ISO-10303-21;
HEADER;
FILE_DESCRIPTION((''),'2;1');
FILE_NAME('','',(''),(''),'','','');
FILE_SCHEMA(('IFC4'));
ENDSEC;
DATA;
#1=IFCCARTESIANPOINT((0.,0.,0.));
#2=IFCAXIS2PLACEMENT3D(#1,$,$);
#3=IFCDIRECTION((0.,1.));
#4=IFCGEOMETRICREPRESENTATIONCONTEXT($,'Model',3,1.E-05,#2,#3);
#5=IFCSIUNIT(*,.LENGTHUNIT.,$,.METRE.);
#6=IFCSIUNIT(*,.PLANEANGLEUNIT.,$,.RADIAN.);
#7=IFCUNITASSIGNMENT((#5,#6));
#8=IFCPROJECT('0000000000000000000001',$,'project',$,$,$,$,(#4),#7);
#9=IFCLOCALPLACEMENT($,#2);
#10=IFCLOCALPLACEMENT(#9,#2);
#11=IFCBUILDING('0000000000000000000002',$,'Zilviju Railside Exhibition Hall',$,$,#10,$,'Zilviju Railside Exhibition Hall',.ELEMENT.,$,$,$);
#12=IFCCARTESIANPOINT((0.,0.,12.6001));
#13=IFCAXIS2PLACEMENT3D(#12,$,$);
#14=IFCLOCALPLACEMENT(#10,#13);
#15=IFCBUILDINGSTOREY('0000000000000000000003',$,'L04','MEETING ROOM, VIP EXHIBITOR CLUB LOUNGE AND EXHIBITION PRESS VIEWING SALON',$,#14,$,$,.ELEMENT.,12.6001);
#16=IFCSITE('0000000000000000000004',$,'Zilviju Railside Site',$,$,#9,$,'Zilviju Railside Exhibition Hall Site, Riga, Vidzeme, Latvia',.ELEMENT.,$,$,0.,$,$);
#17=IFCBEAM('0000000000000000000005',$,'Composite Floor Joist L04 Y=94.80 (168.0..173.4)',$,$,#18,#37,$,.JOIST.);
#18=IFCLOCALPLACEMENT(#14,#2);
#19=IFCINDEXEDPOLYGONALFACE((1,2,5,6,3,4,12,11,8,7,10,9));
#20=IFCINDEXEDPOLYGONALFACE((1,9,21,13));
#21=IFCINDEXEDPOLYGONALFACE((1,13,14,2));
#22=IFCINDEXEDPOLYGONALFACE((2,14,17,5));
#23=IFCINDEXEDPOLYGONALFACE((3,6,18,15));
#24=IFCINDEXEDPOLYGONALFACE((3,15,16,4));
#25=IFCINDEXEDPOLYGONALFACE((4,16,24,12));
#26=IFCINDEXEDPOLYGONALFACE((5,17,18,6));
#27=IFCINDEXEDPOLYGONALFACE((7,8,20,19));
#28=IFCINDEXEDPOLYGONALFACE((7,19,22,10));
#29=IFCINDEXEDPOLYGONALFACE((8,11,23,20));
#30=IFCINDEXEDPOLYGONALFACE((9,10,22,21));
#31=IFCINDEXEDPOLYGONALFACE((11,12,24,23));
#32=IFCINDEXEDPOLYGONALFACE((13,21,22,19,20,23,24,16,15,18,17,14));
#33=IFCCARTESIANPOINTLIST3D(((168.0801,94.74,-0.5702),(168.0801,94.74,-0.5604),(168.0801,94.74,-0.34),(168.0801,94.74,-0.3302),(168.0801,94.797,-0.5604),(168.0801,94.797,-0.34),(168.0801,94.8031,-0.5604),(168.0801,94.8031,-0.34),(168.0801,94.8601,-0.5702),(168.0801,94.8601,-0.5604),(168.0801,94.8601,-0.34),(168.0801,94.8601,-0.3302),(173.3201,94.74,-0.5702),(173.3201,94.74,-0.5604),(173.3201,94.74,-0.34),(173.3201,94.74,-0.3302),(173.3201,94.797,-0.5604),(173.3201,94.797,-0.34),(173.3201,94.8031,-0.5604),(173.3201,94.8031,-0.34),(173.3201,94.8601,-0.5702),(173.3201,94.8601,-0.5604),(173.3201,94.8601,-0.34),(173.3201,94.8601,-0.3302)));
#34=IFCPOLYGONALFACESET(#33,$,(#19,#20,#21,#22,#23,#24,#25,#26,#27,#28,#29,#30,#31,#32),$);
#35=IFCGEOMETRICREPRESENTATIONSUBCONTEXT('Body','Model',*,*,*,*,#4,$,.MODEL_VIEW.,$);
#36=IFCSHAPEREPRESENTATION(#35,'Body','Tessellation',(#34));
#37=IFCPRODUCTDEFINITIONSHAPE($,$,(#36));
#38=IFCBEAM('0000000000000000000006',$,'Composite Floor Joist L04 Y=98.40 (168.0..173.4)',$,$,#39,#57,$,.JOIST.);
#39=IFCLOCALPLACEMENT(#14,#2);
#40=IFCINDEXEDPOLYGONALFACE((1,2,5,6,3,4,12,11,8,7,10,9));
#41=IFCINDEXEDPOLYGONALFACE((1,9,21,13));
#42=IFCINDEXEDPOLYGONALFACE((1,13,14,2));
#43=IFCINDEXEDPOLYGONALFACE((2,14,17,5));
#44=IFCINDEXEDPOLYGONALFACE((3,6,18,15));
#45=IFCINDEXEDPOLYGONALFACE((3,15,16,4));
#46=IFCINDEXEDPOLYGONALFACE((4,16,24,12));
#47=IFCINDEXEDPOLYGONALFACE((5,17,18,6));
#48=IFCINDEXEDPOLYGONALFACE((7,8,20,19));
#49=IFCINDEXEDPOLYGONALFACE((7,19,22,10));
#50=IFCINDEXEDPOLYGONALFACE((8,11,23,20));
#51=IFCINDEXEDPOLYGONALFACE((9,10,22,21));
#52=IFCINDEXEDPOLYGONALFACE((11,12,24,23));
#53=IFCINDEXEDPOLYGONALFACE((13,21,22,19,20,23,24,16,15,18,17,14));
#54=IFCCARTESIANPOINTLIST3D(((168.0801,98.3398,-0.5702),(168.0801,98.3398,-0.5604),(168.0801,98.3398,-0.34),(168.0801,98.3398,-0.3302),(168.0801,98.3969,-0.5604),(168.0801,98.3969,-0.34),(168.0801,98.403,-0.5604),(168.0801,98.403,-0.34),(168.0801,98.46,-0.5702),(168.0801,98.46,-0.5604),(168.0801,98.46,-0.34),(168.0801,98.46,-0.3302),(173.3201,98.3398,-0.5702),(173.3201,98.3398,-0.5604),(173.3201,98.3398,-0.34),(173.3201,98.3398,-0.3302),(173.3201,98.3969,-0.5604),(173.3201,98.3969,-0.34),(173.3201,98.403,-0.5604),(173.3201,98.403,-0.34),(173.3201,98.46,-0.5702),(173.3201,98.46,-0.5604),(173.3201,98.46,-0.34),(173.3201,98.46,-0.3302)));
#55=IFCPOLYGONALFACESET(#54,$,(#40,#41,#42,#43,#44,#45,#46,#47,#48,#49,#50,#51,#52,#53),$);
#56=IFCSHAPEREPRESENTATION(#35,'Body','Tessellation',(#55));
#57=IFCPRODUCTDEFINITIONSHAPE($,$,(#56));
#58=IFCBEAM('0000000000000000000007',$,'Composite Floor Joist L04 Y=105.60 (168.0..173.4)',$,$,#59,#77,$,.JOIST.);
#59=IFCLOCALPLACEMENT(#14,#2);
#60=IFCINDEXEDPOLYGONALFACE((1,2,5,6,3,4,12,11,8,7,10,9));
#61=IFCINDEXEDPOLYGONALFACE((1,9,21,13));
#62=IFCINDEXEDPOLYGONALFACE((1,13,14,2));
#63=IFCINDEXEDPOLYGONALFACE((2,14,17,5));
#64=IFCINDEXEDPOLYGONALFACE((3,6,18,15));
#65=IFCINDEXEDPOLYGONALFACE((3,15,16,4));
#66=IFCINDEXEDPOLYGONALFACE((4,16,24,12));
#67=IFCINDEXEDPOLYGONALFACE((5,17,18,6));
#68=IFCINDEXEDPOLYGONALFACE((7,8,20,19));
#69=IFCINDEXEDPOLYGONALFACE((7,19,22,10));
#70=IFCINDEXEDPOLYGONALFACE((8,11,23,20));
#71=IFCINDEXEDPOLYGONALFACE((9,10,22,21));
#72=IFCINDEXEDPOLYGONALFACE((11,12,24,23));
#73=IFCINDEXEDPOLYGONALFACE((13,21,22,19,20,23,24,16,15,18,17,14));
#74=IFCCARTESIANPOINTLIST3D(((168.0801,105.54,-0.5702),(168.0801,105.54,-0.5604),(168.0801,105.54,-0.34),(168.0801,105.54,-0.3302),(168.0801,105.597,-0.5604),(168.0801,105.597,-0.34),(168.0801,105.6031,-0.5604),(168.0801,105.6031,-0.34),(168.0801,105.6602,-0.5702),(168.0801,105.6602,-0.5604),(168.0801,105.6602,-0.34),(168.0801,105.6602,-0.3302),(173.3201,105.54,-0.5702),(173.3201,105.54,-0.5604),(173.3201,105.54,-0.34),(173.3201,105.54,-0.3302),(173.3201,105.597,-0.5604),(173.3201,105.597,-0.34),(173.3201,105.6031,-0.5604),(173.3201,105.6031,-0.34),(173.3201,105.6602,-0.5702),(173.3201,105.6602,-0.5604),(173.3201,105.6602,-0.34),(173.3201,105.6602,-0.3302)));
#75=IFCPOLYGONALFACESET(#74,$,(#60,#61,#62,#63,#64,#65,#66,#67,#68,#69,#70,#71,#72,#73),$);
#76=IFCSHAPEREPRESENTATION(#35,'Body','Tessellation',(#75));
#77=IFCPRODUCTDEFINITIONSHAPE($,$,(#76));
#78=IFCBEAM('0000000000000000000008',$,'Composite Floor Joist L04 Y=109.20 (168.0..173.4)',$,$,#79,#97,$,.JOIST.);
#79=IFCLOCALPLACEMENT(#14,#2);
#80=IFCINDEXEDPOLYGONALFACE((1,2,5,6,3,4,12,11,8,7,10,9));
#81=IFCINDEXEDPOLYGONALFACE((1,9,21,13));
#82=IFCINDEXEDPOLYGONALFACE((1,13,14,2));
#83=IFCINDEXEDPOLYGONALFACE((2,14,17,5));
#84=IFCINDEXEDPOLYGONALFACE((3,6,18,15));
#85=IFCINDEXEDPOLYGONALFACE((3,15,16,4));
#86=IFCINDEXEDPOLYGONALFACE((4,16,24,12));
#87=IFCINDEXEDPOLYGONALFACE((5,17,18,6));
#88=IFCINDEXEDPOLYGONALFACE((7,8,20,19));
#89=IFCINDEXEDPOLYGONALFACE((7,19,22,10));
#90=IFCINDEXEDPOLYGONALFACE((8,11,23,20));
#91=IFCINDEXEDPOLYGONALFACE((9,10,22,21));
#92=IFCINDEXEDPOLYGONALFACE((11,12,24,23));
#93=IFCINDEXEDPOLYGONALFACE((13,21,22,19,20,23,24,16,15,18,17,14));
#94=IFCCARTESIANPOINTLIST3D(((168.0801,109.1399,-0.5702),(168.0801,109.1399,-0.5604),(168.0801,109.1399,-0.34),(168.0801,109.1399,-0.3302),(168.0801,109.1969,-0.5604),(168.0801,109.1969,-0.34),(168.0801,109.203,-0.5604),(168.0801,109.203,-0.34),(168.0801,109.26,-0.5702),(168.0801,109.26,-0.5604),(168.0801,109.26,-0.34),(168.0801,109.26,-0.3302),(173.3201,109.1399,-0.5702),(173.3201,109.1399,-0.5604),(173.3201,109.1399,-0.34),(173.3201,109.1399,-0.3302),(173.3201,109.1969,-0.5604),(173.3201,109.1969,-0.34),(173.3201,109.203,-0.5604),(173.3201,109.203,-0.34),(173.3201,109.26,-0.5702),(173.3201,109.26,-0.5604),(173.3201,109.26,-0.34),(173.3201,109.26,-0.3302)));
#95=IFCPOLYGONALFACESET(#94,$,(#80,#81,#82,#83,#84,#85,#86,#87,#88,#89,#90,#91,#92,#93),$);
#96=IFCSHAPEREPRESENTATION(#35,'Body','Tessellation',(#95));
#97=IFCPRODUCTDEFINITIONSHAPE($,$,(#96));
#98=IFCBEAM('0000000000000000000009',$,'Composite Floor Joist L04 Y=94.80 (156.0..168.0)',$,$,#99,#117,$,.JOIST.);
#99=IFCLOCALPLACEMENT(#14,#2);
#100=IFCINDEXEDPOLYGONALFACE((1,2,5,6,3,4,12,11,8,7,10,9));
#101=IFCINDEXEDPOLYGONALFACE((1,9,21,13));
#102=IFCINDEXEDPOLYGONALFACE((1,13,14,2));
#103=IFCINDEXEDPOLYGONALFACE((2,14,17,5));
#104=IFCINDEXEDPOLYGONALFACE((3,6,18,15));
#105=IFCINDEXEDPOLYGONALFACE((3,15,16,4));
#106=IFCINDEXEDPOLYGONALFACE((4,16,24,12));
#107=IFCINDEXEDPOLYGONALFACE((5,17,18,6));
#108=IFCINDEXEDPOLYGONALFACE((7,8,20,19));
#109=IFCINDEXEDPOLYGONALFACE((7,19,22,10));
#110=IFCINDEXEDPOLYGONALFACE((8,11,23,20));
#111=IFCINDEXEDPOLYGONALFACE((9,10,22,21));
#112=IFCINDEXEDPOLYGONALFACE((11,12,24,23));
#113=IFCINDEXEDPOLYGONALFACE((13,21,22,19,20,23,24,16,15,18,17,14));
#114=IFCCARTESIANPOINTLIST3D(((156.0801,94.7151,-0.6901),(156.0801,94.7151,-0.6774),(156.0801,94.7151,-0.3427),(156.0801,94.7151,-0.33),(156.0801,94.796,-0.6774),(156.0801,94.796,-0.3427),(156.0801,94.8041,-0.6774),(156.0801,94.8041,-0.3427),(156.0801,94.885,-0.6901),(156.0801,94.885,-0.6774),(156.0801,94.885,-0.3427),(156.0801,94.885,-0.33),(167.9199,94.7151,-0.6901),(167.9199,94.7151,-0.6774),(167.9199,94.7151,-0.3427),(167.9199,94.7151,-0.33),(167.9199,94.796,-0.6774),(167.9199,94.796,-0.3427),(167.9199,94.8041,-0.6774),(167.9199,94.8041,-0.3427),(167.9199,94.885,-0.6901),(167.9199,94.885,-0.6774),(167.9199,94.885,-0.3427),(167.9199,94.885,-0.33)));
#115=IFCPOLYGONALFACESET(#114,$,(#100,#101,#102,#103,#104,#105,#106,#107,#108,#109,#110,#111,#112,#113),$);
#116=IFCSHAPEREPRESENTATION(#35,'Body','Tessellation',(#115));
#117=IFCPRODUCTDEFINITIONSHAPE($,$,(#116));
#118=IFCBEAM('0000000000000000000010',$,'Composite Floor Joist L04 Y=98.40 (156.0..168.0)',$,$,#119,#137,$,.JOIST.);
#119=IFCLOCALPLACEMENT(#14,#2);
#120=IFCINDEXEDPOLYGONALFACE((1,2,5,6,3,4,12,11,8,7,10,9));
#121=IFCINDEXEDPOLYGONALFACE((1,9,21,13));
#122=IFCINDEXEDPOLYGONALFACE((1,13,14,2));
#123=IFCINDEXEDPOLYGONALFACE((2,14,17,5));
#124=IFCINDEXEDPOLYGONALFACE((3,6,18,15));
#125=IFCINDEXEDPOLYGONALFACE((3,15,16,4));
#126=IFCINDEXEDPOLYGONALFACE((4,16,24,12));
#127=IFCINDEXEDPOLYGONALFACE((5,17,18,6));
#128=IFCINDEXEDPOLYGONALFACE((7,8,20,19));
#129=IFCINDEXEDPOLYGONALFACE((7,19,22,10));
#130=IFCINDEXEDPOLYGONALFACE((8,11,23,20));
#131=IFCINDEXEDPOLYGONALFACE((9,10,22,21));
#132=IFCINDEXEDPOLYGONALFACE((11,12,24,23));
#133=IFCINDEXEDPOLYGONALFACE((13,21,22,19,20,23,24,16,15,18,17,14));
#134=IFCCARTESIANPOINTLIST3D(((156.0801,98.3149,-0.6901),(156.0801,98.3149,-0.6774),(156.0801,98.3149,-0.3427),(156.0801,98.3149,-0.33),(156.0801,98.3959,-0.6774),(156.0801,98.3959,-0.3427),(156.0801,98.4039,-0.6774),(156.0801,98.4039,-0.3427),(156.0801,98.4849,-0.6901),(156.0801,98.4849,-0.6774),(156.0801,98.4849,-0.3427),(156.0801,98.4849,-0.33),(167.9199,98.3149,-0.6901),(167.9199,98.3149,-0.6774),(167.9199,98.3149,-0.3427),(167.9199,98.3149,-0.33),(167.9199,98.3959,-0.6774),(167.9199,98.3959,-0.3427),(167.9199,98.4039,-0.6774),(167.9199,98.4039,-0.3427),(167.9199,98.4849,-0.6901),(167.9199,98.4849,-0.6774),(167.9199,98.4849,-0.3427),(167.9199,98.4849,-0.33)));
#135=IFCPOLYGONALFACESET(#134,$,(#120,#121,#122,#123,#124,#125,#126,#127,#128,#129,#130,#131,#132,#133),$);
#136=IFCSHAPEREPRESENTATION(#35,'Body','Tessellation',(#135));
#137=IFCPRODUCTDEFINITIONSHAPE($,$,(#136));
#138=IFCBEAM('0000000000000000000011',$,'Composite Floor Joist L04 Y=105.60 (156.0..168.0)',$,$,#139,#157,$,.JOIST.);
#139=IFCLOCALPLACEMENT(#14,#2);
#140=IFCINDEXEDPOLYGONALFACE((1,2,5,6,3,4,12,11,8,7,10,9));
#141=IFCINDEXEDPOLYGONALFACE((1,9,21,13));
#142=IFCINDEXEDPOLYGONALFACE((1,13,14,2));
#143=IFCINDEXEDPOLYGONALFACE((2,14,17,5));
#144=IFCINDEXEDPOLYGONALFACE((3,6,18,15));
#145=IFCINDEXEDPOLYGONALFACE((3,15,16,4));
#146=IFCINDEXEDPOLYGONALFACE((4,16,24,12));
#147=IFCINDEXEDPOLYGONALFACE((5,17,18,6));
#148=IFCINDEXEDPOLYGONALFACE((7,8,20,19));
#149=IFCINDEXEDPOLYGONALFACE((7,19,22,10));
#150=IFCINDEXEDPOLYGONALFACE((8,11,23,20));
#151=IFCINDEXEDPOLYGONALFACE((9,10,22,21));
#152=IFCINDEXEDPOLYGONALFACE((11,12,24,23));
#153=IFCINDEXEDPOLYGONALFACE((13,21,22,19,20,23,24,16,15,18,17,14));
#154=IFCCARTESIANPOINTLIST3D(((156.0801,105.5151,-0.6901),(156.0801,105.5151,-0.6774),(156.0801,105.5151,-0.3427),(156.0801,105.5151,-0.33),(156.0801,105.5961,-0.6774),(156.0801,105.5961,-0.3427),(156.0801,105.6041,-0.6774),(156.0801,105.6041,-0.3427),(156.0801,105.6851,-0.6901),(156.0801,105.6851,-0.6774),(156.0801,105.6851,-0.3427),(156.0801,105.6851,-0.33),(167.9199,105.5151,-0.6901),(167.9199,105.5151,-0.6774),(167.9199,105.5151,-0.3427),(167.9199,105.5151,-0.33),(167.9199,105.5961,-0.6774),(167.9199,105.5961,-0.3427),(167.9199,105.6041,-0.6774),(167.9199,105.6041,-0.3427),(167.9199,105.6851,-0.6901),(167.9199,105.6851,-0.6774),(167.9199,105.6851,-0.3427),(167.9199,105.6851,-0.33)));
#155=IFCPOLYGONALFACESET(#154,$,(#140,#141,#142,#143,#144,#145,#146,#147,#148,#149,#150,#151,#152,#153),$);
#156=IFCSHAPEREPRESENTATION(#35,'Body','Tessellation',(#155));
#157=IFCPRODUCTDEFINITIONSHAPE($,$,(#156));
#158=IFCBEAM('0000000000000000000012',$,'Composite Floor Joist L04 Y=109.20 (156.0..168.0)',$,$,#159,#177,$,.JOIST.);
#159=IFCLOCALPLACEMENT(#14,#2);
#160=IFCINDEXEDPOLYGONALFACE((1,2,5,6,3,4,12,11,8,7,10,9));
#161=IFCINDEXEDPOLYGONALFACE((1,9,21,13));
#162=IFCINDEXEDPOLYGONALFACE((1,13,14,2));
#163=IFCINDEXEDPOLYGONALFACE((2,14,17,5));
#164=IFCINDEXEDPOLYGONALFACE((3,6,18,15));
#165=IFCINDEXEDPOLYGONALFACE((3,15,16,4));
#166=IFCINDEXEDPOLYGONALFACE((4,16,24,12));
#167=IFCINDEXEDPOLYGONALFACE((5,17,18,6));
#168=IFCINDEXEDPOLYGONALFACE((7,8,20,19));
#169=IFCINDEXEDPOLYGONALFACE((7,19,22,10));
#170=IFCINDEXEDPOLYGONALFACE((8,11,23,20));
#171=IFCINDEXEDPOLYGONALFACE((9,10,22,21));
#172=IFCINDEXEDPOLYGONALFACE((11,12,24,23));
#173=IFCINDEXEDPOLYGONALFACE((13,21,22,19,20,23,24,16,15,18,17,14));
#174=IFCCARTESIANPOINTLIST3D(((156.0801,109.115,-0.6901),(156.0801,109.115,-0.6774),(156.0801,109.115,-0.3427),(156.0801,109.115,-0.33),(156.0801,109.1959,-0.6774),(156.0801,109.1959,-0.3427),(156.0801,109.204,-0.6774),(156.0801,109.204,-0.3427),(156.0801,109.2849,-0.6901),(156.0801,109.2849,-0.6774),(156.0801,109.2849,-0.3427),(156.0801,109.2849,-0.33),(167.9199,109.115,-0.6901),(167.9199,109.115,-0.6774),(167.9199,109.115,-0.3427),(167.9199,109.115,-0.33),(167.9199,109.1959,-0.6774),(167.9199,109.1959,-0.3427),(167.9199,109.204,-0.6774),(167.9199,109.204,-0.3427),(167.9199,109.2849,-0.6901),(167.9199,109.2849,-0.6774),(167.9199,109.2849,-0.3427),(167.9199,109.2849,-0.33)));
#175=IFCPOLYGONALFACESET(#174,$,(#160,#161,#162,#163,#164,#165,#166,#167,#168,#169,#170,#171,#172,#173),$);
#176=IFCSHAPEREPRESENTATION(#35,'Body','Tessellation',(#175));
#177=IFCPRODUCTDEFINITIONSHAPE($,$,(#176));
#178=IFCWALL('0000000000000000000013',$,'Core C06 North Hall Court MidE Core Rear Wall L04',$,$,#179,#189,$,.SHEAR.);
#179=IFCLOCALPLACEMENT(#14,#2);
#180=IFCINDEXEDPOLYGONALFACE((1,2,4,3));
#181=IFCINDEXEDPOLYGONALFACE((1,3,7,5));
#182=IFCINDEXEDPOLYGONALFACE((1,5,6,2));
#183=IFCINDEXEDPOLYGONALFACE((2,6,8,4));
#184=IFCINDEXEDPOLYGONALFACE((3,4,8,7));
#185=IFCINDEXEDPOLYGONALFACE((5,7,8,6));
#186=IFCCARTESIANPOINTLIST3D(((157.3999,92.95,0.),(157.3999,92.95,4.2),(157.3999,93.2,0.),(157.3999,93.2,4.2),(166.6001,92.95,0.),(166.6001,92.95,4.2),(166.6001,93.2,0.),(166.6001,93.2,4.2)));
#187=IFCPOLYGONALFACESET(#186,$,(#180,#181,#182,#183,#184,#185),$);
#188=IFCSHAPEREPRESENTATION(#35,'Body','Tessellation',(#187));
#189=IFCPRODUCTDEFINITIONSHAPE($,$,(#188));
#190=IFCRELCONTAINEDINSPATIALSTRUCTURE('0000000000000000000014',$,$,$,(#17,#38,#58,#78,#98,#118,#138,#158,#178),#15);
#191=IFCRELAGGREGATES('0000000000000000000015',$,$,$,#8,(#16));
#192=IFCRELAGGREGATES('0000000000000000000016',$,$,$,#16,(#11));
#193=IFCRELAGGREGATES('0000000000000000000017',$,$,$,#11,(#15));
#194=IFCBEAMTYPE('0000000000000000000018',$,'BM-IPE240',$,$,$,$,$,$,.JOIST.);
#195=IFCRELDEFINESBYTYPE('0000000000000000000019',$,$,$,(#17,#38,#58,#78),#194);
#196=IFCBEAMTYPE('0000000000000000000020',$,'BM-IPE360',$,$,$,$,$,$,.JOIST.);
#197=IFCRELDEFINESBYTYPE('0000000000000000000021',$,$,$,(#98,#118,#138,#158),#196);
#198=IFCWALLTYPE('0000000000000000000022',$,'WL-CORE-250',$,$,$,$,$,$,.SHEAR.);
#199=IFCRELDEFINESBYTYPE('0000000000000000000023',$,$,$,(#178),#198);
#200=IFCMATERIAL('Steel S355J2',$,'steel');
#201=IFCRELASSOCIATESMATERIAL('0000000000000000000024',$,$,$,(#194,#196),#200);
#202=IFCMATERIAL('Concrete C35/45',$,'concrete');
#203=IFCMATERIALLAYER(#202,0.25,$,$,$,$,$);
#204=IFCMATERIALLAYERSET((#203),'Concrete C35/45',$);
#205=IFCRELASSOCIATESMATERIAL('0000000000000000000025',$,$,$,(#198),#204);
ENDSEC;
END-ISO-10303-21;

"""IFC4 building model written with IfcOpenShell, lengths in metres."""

from ifc_helpers import new_model, si_unit, direction, frame, frame_2d, origin, origin_2d, place, context, subcontext, project, spatial, rectangle, i_section, extrude, material, layer, layer_set, material_profile, profile_set, type_object, element, save


model = new_model("IFC4")

# Units and contexts
model_context = context("Model", 3, precision=1e-05, world=origin(), true_north=direction((0.0, 1.0)))
body_context = subcontext(model_context, "Body", "Model", "MODEL_VIEW")
ifc_project = project(units=[si_unit("LENGTHUNIT", "METRE"), si_unit("PLANEANGLEUNIT", "RADIAN")], contexts=[model_context])

# Site, building, storey
site_placement = place(None, origin())
site = spatial("IfcSite", under=ifc_project, at=site_placement, Name="Zilviju Railside Site", LongName="Zilviju Railside Exhibition Hall Site, Riga, Vidzeme, Latvia", CompositionType="ELEMENT", RefElevation=0.0)
building_placement = place(site_placement, origin())
building = spatial("IfcBuilding", under=site, at=building_placement, Name="Zilviju Railside Exhibition Hall", LongName="Zilviju Railside Exhibition Hall", CompositionType="ELEMENT")
storey_placement = place(building_placement, frame((0.0, 0.0, 12.6001)))
storey = spatial("IfcBuildingStorey", under=building, at=storey_placement, Name="L04", Description="MEETING ROOM, VIP EXHIBITOR CLUB LOUNGE AND EXHIBITION PRESS VIEWING SALON", CompositionType="ELEMENT", Elevation=12.6001)

# Beams
ifc_material_1 = material(Name="Steel S355J2", Category="steel")
ifc_material_profile_1 = material_profile(ifc_material_1, i_section(OverallWidth=0.1201, OverallDepth=0.24, WebThickness=0.0061, FlangeThickness=0.0098, at=origin_2d()), Name="IPE 240")
ifc_profile_set_1 = profile_set([ifc_material_profile_1], Name="Steel S355J2")
beam_type_1 = type_object("IfcBeamType", Name="BM-IPE240", PredefinedType="JOIST", material=ifc_profile_set_1)
for number, where, z_axis, x_axis, name in (
    (1, (168.0801, 94.8, -0.4502), (1.0, 0.0, 0.0), (0.0, 1.0, 0.0), "Composite Floor Joist L04 Y=94.80 (168.0..173.4)"),
    (2, (168.0801, 98.3999, -0.4502), (1.0, 0.0, 0.0), (0.0, 1.0, 0.0), "Composite Floor Joist L04 Y=98.40 (168.0..173.4)"),
    (3, (168.0801, 105.6001, -0.4502), (1.0, 0.0, 0.0), (0.0, 1.0, 0.0), "Composite Floor Joist L04 Y=105.60 (168.0..173.4)"),
    (4, (168.0801, 109.2, -0.4502), (1.0, 0.0, 0.0), (0.0, 1.0, 0.0), "Composite Floor Joist L04 Y=109.20 (168.0..173.4)"),
):
    element("IfcBeam", number, at=place(storey_placement, frame(where, z_axis=z_axis, x_axis=x_axis)), inside=storey, type_object=beam_type_1, Name=name, PredefinedType="JOIST", context=body_context, shape_type="SweptSolid", body=[
        extrude(i_section(OverallWidth=0.1201, OverallDepth=0.24, WebThickness=0.0061, FlangeThickness=0.0098, at=origin_2d()), origin(), (0.0, 0.0, 1.0), 5.24),
    ])
ifc_material_profile_2 = material_profile(ifc_material_1, i_section(OverallWidth=0.1699, OverallDepth=0.3601, WebThickness=0.0081, FlangeThickness=0.0127, at=origin_2d()), Name="IPE 360")
ifc_profile_set_2 = profile_set([ifc_material_profile_2], Name="Steel S355J2")
beam_type_2 = type_object("IfcBeamType", Name="BM-IPE360", PredefinedType="JOIST", material=ifc_profile_set_2)
for number, where, z_axis, x_axis, name in (
    (5, (156.0801, 94.8, -0.51), (1.0, 0.0, 0.0), (0.0, 1.0, 0.0), "Composite Floor Joist L04 Y=94.80 (156.0..168.0)"),
    (6, (156.0801, 98.3999, -0.51), (1.0, 0.0, 0.0), (0.0, 1.0, 0.0), "Composite Floor Joist L04 Y=98.40 (156.0..168.0)"),
    (7, (156.0801, 105.6001, -0.51), (1.0, 0.0, 0.0), (0.0, 1.0, 0.0), "Composite Floor Joist L04 Y=105.60 (156.0..168.0)"),
    (8, (156.0801, 109.2, -0.51), (1.0, 0.0, 0.0), (0.0, 1.0, 0.0), "Composite Floor Joist L04 Y=109.20 (156.0..168.0)"),
):
    element("IfcBeam", number, at=place(storey_placement, frame(where, z_axis=z_axis, x_axis=x_axis)), inside=storey, type_object=beam_type_2, Name=name, PredefinedType="JOIST", context=body_context, shape_type="SweptSolid", body=[
        extrude(i_section(OverallWidth=0.1699, OverallDepth=0.3601, WebThickness=0.0081, FlangeThickness=0.0127, at=origin_2d()), origin(), (0.0, 0.0, 1.0), 11.8398),
    ])

# Wall
ifc_material_2 = material(Name="Concrete C35/45", Category="concrete")
ifc_layer_1 = layer(ifc_material_2, 0.25)
ifc_layer_set_1 = layer_set([ifc_layer_1], Name="Concrete C35/45")
wall_type_1 = type_object("IfcWallType", Name="WL-CORE-250", PredefinedType="SHEAR", material=ifc_layer_set_1)
wall_1_placement = place(storey_placement, frame((157.3999, 93.075, 0.0), z_axis=(0.0, 0.0, 1.0), x_axis=(1.0, 0.0, 0.0)))
element("IfcWall", 9, at=wall_1_placement, inside=storey, type_object=wall_type_1, Name="Core C06 North Hall Court MidE Core Rear Wall L04", PredefinedType="SHEAR", context=body_context, shape_type="SweptSolid", body=[
    extrude(rectangle(XDim=9.2002, YDim=0.25, at=frame_2d((4.6001, 0.0))), origin(), (0.0, 0.0, 1.0), 4.2),
])

save(model, "model.ifc")
